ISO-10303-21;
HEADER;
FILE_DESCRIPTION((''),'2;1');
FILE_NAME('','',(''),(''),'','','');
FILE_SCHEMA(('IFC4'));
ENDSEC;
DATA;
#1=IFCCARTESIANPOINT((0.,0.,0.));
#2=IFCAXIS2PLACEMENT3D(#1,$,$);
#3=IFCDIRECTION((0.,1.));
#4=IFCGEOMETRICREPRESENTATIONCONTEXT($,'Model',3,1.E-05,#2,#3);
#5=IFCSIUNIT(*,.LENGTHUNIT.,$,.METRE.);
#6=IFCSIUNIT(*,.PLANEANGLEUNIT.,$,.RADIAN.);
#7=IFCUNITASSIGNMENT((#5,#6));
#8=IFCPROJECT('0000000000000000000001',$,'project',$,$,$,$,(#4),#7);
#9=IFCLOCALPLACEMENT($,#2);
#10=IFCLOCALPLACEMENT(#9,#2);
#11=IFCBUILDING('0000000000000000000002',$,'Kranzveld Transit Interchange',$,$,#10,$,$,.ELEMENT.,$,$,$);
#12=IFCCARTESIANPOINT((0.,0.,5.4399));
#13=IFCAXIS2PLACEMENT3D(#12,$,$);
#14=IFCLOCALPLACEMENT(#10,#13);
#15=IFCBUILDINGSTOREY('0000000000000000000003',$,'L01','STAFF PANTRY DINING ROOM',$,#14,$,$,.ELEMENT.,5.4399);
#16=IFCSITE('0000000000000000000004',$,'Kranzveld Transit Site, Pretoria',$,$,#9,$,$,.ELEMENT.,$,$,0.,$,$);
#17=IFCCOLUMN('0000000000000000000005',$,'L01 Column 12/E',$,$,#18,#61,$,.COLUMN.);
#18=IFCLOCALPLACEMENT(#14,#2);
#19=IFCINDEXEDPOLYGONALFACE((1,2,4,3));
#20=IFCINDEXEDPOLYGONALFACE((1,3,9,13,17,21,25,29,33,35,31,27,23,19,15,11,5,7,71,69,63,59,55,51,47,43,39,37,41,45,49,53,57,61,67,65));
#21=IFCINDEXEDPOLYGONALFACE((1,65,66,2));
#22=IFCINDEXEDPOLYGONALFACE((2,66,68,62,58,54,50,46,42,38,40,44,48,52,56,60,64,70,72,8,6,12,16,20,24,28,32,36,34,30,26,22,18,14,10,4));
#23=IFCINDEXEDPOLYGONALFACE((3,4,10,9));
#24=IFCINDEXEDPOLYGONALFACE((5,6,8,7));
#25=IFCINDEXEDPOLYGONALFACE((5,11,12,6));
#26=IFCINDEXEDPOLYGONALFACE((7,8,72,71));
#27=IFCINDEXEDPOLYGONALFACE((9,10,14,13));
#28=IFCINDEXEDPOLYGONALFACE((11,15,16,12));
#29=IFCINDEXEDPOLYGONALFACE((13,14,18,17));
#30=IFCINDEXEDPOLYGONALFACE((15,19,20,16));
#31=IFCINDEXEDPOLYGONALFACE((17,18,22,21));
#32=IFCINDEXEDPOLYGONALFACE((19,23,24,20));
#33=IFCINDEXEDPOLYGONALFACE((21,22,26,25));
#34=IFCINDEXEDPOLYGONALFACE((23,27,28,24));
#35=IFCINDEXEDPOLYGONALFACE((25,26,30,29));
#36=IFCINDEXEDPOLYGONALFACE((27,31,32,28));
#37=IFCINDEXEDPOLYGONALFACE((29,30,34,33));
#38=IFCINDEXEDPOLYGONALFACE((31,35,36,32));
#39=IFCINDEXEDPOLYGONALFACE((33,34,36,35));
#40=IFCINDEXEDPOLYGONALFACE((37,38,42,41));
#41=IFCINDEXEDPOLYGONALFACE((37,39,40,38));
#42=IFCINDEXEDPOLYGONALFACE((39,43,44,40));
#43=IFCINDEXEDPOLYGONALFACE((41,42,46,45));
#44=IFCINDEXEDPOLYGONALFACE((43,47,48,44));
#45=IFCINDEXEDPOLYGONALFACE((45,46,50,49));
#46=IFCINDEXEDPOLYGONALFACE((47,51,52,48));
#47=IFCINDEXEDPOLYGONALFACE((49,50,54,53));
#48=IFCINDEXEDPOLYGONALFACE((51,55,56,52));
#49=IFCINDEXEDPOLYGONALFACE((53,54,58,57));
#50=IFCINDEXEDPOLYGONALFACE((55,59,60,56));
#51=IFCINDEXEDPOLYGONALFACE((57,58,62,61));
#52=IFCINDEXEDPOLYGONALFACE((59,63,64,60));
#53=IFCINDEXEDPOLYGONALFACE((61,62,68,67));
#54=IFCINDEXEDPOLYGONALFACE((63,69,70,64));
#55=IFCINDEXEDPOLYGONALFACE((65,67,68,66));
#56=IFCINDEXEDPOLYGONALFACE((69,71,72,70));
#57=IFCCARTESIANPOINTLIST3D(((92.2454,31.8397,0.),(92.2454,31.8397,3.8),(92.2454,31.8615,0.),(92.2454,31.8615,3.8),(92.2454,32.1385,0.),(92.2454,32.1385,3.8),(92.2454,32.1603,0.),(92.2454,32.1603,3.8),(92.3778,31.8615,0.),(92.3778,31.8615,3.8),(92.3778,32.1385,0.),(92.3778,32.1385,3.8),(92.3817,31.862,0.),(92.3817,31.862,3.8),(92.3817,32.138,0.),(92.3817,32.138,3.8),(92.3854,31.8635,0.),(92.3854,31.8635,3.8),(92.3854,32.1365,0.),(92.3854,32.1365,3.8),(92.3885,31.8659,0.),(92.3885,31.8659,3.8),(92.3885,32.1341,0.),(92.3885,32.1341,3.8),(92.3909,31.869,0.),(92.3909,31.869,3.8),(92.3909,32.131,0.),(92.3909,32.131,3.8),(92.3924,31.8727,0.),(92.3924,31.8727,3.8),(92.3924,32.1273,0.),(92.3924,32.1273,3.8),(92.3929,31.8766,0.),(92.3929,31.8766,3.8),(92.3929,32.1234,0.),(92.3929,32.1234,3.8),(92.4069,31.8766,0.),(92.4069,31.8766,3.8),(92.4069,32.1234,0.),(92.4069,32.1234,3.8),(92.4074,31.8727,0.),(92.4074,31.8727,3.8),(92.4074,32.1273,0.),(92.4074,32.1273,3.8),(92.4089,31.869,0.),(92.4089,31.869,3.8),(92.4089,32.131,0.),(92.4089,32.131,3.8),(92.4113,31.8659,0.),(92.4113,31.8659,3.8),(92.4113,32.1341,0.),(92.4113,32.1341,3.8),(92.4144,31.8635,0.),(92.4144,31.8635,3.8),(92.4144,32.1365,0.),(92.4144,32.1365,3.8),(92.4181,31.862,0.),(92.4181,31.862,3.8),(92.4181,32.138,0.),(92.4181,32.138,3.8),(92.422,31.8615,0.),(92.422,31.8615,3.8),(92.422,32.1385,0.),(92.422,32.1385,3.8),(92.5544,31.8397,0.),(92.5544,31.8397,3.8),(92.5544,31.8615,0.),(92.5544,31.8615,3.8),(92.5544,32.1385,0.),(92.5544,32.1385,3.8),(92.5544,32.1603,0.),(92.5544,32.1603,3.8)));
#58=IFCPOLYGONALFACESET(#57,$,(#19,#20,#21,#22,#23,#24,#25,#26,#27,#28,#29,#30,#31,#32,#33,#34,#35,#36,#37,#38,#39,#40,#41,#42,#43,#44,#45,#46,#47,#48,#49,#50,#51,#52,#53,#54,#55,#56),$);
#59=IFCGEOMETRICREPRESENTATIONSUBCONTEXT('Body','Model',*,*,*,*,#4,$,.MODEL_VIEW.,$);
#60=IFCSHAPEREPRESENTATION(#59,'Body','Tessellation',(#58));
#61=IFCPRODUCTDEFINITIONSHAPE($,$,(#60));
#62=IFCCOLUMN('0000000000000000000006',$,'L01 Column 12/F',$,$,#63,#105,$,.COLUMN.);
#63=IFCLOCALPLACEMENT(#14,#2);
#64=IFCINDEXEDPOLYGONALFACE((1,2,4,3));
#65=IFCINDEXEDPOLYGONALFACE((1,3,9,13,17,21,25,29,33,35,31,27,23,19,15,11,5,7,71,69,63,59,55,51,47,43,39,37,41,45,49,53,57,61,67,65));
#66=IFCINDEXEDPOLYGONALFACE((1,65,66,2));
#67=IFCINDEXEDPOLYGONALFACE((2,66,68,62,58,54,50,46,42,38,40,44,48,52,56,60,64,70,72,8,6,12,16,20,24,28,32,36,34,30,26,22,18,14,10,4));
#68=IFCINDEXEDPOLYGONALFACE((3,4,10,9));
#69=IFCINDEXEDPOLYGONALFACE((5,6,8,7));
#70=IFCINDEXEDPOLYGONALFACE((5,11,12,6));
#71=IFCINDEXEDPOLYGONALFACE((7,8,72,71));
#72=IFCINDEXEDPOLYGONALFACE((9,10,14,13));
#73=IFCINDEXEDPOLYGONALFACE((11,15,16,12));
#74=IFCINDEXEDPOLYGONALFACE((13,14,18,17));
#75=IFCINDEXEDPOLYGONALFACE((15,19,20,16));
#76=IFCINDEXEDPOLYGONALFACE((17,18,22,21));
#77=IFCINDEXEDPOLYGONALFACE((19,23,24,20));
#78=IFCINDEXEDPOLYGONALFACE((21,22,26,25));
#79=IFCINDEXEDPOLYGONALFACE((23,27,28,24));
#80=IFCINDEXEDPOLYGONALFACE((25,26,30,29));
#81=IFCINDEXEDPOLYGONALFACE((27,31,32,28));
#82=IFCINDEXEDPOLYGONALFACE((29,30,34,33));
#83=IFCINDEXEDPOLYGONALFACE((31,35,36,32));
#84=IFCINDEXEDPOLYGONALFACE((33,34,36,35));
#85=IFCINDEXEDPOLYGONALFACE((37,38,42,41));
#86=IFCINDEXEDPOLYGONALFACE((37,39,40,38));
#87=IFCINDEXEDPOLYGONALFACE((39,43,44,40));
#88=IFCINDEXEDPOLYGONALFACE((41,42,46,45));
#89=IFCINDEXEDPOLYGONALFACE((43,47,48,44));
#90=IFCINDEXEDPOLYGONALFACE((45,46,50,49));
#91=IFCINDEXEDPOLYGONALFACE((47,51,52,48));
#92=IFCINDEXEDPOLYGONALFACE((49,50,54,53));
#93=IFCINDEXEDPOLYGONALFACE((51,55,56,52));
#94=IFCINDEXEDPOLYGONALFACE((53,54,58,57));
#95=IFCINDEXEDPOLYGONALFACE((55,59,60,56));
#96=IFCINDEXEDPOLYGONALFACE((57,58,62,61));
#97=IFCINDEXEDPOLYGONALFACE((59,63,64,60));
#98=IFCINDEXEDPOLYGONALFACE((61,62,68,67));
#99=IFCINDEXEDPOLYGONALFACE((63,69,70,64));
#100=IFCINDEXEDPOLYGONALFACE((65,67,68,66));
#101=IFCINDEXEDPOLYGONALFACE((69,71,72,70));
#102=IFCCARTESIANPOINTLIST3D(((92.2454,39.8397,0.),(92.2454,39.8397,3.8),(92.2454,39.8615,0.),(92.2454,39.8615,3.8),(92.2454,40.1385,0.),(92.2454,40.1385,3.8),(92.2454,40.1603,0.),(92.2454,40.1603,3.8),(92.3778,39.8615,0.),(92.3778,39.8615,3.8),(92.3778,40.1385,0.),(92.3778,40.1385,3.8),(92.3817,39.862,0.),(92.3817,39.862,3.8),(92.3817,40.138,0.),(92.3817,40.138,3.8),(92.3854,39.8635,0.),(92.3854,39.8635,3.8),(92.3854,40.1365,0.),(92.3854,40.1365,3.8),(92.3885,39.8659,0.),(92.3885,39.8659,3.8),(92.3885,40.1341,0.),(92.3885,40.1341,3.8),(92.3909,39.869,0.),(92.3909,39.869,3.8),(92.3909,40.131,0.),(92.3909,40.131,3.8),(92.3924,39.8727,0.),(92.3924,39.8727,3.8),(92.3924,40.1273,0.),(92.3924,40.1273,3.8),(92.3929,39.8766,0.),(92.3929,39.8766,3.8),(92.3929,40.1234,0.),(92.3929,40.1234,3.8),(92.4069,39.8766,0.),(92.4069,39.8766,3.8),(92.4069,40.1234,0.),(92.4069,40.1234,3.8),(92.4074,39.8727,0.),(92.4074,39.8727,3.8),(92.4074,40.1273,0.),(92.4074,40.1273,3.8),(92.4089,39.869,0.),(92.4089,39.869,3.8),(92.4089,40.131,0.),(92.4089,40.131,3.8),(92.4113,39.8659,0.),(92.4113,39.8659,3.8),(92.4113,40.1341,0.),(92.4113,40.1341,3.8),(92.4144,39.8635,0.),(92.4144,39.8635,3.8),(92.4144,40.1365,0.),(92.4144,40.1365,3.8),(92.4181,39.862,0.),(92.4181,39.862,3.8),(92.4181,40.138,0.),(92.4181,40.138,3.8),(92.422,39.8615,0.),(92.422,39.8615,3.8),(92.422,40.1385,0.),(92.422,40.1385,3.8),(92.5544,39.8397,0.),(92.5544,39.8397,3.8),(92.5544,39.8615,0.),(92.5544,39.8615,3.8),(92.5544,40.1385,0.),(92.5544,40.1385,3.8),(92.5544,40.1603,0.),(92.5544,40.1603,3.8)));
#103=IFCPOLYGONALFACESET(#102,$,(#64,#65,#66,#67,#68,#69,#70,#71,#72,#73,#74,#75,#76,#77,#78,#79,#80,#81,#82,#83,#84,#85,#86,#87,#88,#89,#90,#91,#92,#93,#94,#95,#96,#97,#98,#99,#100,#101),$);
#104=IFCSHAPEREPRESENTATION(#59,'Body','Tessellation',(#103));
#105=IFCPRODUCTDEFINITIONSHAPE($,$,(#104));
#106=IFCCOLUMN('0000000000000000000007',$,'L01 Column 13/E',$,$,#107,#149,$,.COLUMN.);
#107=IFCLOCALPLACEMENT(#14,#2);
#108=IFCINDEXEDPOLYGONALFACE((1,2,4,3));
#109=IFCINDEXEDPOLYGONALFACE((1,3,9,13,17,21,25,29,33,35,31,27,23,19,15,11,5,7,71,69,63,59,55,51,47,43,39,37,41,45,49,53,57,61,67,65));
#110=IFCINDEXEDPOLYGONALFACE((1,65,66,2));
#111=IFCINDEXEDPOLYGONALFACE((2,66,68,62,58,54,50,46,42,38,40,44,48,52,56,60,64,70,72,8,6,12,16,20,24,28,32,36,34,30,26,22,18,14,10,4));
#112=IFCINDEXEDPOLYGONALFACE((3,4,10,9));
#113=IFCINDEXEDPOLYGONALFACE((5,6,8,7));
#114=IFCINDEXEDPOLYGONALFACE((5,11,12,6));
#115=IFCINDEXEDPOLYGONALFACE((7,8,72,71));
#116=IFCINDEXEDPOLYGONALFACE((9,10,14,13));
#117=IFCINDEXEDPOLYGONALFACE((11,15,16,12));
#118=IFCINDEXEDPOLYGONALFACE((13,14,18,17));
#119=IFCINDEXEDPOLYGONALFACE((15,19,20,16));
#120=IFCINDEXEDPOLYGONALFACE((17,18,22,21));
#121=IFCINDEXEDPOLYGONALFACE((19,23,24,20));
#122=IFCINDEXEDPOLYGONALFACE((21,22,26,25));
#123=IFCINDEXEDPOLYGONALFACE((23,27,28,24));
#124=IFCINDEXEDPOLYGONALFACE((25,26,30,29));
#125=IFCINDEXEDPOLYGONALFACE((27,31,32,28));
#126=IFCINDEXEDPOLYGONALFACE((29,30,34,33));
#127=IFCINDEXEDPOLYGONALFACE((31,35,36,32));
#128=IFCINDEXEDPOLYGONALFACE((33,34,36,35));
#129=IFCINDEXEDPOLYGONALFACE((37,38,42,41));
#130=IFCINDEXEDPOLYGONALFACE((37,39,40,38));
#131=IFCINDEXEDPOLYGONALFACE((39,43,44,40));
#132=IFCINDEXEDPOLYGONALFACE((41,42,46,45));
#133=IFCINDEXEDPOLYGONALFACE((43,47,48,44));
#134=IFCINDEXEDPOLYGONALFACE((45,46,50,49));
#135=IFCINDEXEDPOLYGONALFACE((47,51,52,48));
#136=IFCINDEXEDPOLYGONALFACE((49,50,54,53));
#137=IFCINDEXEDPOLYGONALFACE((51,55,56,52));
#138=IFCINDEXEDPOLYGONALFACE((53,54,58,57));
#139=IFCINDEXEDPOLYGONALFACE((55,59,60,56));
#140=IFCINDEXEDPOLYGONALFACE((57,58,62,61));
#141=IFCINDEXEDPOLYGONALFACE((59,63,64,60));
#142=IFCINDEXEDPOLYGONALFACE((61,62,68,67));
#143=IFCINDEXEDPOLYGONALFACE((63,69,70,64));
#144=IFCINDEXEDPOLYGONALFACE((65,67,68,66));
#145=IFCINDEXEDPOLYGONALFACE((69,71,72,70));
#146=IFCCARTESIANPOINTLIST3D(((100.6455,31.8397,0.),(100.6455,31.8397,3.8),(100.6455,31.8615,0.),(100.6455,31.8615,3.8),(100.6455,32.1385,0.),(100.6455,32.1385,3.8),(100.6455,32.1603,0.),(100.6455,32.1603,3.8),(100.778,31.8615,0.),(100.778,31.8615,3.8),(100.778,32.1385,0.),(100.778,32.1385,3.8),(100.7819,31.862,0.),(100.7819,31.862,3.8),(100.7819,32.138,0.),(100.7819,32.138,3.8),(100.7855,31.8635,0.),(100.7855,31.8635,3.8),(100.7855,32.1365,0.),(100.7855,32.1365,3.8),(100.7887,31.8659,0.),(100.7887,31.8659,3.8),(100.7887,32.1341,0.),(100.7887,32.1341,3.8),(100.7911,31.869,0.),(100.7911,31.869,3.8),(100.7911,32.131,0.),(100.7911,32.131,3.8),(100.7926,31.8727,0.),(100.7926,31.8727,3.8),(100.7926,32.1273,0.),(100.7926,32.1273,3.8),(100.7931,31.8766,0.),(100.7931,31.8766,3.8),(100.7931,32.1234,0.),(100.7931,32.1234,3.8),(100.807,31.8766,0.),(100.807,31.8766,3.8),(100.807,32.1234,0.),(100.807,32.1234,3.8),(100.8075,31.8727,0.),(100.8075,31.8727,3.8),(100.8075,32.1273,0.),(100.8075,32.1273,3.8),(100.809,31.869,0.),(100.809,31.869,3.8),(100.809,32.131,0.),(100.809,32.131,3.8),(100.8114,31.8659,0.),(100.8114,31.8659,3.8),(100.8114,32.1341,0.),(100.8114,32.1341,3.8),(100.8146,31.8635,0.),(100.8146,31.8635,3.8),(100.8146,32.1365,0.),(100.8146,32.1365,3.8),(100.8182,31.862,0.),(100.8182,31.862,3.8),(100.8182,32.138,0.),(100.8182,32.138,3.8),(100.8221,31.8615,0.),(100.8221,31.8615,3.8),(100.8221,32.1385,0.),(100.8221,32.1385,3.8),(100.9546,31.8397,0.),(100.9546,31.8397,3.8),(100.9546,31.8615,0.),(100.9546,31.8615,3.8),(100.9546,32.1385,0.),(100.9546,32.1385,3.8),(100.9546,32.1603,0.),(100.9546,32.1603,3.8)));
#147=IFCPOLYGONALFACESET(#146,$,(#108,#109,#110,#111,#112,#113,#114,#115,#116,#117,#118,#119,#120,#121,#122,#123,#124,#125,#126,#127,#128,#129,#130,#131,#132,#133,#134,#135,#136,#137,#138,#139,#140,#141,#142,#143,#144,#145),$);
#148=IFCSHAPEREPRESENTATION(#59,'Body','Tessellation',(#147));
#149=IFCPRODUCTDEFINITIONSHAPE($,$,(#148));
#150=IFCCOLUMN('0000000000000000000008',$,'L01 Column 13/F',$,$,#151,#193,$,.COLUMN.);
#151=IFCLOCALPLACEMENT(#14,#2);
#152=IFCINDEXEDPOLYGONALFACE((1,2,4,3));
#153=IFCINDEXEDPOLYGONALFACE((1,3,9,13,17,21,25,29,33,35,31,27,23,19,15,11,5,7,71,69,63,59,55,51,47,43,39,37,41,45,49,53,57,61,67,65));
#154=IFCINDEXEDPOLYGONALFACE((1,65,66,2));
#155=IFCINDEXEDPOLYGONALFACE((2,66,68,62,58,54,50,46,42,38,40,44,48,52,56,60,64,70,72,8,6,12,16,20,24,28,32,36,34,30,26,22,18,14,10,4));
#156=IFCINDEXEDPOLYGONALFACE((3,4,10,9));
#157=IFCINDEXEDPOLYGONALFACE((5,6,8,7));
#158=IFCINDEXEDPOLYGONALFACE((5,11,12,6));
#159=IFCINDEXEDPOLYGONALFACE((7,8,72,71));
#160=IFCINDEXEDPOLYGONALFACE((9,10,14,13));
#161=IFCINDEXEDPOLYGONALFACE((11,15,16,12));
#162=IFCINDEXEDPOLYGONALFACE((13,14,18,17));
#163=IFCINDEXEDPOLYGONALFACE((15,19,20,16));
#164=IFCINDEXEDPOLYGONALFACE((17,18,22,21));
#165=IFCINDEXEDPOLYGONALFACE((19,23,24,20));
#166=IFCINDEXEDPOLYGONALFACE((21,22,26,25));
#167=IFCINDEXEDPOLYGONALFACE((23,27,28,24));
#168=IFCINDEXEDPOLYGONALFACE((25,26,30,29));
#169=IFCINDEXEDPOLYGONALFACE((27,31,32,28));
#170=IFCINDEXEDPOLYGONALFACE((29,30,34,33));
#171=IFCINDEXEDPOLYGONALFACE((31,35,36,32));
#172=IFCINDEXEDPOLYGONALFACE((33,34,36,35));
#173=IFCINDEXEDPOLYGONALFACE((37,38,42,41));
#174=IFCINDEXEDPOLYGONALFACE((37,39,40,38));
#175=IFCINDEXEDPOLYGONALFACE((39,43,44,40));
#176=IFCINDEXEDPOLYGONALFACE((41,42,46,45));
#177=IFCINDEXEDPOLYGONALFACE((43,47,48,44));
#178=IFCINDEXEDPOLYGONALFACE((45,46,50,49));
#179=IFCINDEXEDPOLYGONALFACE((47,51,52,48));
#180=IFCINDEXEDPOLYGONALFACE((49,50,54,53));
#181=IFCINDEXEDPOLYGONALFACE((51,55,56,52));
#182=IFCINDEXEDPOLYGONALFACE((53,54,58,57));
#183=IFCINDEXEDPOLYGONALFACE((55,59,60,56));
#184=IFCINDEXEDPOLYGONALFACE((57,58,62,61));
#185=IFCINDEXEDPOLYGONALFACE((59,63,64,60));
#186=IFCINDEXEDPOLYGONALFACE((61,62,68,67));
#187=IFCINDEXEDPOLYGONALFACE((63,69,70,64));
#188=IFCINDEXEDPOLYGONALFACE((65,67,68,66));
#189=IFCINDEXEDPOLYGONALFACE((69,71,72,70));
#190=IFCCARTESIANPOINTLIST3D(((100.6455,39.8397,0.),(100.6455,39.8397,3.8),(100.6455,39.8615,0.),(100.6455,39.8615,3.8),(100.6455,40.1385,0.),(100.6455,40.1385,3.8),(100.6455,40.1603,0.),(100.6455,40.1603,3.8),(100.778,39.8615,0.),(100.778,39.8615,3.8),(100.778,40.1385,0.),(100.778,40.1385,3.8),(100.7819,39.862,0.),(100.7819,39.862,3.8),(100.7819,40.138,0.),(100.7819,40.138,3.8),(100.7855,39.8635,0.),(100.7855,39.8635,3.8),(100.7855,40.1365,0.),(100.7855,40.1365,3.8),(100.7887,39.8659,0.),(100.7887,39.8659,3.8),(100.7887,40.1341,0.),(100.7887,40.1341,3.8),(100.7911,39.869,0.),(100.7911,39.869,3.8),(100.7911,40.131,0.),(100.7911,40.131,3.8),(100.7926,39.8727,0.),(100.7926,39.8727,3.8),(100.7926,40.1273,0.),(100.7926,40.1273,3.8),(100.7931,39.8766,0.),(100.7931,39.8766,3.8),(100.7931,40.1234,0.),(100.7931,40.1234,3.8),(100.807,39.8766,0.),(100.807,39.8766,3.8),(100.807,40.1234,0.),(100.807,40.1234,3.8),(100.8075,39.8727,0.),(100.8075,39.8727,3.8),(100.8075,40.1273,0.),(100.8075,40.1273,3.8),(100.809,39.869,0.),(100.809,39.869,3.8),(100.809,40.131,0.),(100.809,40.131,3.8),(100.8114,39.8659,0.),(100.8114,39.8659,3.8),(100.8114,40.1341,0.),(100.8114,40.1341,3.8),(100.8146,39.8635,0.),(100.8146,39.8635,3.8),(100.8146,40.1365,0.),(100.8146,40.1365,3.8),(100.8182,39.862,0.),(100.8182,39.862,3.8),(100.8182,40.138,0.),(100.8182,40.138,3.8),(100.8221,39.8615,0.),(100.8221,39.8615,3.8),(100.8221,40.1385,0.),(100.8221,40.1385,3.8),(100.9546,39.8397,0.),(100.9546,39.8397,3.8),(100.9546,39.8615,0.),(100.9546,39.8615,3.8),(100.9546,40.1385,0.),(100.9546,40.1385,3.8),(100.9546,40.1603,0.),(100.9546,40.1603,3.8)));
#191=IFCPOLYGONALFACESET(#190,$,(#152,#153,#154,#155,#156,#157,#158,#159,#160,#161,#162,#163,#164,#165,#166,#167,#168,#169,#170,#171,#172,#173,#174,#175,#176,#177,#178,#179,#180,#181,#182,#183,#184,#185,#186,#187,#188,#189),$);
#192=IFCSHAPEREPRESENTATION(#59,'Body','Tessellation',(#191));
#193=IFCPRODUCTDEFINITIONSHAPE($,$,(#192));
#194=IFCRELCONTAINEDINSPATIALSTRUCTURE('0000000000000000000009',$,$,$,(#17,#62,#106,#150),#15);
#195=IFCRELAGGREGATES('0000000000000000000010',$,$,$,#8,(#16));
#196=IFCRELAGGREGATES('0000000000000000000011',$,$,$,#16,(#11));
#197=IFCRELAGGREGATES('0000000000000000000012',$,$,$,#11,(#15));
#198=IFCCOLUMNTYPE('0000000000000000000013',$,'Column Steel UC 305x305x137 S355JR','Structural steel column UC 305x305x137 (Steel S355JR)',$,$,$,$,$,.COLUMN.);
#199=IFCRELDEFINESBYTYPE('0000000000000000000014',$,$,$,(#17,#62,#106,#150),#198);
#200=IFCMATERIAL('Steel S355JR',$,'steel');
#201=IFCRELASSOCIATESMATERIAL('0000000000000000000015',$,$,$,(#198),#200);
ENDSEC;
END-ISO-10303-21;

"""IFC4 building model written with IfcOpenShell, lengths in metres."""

from ifc_helpers import new_model, si_unit, direction, frame, origin, origin_2d, place, context, subcontext, project, spatial, i_section, extrude, material, material_profile, profile_set, type_object, element, save


model = new_model("IFC4")

# Units and contexts
model_context = context("Model", 3, precision=1e-05, world=origin(), true_north=direction((0.0, 1.0)))
body_context = subcontext(model_context, "Body", "Model", "MODEL_VIEW")
ifc_project = project(units=[si_unit("LENGTHUNIT", "METRE"), si_unit("PLANEANGLEUNIT", "RADIAN")], contexts=[model_context])

# Site, building, storey
site_placement = place(None, origin())
site = spatial("IfcSite", under=ifc_project, at=site_placement, Name="Kranzveld Transit Site, Pretoria", CompositionType="ELEMENT", RefElevation=0.0)
building_placement = place(site_placement, origin())
building = spatial("IfcBuilding", under=site, at=building_placement, Name="Kranzveld Transit Interchange", CompositionType="ELEMENT")
storey_placement = place(building_placement, frame((0.0, 0.0, 5.4399)))
storey = spatial("IfcBuildingStorey", under=building, at=storey_placement, Name="L01", Description="STAFF PANTRY DINING ROOM", CompositionType="ELEMENT", Elevation=5.4399)

# Columns
ifc_material_1 = material(Name="Steel S355JR", Category="steel")
ifc_material_profile_1 = material_profile(ifc_material_1, i_section(OverallWidth=0.3091, OverallDepth=0.3206, WebThickness=0.0139, FlangeThickness=0.0217, FilletRadius=0.0151, at=origin_2d()), Name="UC 305x305x137")
ifc_profile_set_1 = profile_set([ifc_material_profile_1], Name="Steel S355JR")
column_type = type_object("IfcColumnType", Name="Column Steel UC 305x305x137 S355JR", Description="Structural steel column UC 305x305x137 (Steel S355JR)", PredefinedType="COLUMN", material=ifc_profile_set_1)
for number, where, z_axis, x_axis, name in (
    (1, (92.3999, 32.0, 0.0), (0.0, 0.0, 1.0), (1.0, 0.0, 0.0), "L01 Column 12/E"),
    (2, (92.3999, 40.0, 0.0), (0.0, 0.0, 1.0), (1.0, 0.0, 0.0), "L01 Column 12/F"),
    (3, (100.8, 32.0, 0.0), (0.0, 0.0, 1.0), (1.0, 0.0, 0.0), "L01 Column 13/E"),
    (4, (100.8, 40.0, 0.0), (0.0, 0.0, 1.0), (1.0, 0.0, 0.0), "L01 Column 13/F"),
):
    element("IfcColumn", number, at=place(storey_placement, frame(where, z_axis=z_axis, x_axis=x_axis)), inside=storey, type_object=column_type, Name=name, PredefinedType="COLUMN", context=body_context, shape_type="SweptSolid", body=[
        extrude(i_section(OverallWidth=0.3091, OverallDepth=0.3206, WebThickness=0.0139, FlangeThickness=0.0217, FilletRadius=0.0151, at=origin_2d()), origin(), (0.0, 0.0, 1.0), 3.8),
    ])

save(model, "model.ifc")
